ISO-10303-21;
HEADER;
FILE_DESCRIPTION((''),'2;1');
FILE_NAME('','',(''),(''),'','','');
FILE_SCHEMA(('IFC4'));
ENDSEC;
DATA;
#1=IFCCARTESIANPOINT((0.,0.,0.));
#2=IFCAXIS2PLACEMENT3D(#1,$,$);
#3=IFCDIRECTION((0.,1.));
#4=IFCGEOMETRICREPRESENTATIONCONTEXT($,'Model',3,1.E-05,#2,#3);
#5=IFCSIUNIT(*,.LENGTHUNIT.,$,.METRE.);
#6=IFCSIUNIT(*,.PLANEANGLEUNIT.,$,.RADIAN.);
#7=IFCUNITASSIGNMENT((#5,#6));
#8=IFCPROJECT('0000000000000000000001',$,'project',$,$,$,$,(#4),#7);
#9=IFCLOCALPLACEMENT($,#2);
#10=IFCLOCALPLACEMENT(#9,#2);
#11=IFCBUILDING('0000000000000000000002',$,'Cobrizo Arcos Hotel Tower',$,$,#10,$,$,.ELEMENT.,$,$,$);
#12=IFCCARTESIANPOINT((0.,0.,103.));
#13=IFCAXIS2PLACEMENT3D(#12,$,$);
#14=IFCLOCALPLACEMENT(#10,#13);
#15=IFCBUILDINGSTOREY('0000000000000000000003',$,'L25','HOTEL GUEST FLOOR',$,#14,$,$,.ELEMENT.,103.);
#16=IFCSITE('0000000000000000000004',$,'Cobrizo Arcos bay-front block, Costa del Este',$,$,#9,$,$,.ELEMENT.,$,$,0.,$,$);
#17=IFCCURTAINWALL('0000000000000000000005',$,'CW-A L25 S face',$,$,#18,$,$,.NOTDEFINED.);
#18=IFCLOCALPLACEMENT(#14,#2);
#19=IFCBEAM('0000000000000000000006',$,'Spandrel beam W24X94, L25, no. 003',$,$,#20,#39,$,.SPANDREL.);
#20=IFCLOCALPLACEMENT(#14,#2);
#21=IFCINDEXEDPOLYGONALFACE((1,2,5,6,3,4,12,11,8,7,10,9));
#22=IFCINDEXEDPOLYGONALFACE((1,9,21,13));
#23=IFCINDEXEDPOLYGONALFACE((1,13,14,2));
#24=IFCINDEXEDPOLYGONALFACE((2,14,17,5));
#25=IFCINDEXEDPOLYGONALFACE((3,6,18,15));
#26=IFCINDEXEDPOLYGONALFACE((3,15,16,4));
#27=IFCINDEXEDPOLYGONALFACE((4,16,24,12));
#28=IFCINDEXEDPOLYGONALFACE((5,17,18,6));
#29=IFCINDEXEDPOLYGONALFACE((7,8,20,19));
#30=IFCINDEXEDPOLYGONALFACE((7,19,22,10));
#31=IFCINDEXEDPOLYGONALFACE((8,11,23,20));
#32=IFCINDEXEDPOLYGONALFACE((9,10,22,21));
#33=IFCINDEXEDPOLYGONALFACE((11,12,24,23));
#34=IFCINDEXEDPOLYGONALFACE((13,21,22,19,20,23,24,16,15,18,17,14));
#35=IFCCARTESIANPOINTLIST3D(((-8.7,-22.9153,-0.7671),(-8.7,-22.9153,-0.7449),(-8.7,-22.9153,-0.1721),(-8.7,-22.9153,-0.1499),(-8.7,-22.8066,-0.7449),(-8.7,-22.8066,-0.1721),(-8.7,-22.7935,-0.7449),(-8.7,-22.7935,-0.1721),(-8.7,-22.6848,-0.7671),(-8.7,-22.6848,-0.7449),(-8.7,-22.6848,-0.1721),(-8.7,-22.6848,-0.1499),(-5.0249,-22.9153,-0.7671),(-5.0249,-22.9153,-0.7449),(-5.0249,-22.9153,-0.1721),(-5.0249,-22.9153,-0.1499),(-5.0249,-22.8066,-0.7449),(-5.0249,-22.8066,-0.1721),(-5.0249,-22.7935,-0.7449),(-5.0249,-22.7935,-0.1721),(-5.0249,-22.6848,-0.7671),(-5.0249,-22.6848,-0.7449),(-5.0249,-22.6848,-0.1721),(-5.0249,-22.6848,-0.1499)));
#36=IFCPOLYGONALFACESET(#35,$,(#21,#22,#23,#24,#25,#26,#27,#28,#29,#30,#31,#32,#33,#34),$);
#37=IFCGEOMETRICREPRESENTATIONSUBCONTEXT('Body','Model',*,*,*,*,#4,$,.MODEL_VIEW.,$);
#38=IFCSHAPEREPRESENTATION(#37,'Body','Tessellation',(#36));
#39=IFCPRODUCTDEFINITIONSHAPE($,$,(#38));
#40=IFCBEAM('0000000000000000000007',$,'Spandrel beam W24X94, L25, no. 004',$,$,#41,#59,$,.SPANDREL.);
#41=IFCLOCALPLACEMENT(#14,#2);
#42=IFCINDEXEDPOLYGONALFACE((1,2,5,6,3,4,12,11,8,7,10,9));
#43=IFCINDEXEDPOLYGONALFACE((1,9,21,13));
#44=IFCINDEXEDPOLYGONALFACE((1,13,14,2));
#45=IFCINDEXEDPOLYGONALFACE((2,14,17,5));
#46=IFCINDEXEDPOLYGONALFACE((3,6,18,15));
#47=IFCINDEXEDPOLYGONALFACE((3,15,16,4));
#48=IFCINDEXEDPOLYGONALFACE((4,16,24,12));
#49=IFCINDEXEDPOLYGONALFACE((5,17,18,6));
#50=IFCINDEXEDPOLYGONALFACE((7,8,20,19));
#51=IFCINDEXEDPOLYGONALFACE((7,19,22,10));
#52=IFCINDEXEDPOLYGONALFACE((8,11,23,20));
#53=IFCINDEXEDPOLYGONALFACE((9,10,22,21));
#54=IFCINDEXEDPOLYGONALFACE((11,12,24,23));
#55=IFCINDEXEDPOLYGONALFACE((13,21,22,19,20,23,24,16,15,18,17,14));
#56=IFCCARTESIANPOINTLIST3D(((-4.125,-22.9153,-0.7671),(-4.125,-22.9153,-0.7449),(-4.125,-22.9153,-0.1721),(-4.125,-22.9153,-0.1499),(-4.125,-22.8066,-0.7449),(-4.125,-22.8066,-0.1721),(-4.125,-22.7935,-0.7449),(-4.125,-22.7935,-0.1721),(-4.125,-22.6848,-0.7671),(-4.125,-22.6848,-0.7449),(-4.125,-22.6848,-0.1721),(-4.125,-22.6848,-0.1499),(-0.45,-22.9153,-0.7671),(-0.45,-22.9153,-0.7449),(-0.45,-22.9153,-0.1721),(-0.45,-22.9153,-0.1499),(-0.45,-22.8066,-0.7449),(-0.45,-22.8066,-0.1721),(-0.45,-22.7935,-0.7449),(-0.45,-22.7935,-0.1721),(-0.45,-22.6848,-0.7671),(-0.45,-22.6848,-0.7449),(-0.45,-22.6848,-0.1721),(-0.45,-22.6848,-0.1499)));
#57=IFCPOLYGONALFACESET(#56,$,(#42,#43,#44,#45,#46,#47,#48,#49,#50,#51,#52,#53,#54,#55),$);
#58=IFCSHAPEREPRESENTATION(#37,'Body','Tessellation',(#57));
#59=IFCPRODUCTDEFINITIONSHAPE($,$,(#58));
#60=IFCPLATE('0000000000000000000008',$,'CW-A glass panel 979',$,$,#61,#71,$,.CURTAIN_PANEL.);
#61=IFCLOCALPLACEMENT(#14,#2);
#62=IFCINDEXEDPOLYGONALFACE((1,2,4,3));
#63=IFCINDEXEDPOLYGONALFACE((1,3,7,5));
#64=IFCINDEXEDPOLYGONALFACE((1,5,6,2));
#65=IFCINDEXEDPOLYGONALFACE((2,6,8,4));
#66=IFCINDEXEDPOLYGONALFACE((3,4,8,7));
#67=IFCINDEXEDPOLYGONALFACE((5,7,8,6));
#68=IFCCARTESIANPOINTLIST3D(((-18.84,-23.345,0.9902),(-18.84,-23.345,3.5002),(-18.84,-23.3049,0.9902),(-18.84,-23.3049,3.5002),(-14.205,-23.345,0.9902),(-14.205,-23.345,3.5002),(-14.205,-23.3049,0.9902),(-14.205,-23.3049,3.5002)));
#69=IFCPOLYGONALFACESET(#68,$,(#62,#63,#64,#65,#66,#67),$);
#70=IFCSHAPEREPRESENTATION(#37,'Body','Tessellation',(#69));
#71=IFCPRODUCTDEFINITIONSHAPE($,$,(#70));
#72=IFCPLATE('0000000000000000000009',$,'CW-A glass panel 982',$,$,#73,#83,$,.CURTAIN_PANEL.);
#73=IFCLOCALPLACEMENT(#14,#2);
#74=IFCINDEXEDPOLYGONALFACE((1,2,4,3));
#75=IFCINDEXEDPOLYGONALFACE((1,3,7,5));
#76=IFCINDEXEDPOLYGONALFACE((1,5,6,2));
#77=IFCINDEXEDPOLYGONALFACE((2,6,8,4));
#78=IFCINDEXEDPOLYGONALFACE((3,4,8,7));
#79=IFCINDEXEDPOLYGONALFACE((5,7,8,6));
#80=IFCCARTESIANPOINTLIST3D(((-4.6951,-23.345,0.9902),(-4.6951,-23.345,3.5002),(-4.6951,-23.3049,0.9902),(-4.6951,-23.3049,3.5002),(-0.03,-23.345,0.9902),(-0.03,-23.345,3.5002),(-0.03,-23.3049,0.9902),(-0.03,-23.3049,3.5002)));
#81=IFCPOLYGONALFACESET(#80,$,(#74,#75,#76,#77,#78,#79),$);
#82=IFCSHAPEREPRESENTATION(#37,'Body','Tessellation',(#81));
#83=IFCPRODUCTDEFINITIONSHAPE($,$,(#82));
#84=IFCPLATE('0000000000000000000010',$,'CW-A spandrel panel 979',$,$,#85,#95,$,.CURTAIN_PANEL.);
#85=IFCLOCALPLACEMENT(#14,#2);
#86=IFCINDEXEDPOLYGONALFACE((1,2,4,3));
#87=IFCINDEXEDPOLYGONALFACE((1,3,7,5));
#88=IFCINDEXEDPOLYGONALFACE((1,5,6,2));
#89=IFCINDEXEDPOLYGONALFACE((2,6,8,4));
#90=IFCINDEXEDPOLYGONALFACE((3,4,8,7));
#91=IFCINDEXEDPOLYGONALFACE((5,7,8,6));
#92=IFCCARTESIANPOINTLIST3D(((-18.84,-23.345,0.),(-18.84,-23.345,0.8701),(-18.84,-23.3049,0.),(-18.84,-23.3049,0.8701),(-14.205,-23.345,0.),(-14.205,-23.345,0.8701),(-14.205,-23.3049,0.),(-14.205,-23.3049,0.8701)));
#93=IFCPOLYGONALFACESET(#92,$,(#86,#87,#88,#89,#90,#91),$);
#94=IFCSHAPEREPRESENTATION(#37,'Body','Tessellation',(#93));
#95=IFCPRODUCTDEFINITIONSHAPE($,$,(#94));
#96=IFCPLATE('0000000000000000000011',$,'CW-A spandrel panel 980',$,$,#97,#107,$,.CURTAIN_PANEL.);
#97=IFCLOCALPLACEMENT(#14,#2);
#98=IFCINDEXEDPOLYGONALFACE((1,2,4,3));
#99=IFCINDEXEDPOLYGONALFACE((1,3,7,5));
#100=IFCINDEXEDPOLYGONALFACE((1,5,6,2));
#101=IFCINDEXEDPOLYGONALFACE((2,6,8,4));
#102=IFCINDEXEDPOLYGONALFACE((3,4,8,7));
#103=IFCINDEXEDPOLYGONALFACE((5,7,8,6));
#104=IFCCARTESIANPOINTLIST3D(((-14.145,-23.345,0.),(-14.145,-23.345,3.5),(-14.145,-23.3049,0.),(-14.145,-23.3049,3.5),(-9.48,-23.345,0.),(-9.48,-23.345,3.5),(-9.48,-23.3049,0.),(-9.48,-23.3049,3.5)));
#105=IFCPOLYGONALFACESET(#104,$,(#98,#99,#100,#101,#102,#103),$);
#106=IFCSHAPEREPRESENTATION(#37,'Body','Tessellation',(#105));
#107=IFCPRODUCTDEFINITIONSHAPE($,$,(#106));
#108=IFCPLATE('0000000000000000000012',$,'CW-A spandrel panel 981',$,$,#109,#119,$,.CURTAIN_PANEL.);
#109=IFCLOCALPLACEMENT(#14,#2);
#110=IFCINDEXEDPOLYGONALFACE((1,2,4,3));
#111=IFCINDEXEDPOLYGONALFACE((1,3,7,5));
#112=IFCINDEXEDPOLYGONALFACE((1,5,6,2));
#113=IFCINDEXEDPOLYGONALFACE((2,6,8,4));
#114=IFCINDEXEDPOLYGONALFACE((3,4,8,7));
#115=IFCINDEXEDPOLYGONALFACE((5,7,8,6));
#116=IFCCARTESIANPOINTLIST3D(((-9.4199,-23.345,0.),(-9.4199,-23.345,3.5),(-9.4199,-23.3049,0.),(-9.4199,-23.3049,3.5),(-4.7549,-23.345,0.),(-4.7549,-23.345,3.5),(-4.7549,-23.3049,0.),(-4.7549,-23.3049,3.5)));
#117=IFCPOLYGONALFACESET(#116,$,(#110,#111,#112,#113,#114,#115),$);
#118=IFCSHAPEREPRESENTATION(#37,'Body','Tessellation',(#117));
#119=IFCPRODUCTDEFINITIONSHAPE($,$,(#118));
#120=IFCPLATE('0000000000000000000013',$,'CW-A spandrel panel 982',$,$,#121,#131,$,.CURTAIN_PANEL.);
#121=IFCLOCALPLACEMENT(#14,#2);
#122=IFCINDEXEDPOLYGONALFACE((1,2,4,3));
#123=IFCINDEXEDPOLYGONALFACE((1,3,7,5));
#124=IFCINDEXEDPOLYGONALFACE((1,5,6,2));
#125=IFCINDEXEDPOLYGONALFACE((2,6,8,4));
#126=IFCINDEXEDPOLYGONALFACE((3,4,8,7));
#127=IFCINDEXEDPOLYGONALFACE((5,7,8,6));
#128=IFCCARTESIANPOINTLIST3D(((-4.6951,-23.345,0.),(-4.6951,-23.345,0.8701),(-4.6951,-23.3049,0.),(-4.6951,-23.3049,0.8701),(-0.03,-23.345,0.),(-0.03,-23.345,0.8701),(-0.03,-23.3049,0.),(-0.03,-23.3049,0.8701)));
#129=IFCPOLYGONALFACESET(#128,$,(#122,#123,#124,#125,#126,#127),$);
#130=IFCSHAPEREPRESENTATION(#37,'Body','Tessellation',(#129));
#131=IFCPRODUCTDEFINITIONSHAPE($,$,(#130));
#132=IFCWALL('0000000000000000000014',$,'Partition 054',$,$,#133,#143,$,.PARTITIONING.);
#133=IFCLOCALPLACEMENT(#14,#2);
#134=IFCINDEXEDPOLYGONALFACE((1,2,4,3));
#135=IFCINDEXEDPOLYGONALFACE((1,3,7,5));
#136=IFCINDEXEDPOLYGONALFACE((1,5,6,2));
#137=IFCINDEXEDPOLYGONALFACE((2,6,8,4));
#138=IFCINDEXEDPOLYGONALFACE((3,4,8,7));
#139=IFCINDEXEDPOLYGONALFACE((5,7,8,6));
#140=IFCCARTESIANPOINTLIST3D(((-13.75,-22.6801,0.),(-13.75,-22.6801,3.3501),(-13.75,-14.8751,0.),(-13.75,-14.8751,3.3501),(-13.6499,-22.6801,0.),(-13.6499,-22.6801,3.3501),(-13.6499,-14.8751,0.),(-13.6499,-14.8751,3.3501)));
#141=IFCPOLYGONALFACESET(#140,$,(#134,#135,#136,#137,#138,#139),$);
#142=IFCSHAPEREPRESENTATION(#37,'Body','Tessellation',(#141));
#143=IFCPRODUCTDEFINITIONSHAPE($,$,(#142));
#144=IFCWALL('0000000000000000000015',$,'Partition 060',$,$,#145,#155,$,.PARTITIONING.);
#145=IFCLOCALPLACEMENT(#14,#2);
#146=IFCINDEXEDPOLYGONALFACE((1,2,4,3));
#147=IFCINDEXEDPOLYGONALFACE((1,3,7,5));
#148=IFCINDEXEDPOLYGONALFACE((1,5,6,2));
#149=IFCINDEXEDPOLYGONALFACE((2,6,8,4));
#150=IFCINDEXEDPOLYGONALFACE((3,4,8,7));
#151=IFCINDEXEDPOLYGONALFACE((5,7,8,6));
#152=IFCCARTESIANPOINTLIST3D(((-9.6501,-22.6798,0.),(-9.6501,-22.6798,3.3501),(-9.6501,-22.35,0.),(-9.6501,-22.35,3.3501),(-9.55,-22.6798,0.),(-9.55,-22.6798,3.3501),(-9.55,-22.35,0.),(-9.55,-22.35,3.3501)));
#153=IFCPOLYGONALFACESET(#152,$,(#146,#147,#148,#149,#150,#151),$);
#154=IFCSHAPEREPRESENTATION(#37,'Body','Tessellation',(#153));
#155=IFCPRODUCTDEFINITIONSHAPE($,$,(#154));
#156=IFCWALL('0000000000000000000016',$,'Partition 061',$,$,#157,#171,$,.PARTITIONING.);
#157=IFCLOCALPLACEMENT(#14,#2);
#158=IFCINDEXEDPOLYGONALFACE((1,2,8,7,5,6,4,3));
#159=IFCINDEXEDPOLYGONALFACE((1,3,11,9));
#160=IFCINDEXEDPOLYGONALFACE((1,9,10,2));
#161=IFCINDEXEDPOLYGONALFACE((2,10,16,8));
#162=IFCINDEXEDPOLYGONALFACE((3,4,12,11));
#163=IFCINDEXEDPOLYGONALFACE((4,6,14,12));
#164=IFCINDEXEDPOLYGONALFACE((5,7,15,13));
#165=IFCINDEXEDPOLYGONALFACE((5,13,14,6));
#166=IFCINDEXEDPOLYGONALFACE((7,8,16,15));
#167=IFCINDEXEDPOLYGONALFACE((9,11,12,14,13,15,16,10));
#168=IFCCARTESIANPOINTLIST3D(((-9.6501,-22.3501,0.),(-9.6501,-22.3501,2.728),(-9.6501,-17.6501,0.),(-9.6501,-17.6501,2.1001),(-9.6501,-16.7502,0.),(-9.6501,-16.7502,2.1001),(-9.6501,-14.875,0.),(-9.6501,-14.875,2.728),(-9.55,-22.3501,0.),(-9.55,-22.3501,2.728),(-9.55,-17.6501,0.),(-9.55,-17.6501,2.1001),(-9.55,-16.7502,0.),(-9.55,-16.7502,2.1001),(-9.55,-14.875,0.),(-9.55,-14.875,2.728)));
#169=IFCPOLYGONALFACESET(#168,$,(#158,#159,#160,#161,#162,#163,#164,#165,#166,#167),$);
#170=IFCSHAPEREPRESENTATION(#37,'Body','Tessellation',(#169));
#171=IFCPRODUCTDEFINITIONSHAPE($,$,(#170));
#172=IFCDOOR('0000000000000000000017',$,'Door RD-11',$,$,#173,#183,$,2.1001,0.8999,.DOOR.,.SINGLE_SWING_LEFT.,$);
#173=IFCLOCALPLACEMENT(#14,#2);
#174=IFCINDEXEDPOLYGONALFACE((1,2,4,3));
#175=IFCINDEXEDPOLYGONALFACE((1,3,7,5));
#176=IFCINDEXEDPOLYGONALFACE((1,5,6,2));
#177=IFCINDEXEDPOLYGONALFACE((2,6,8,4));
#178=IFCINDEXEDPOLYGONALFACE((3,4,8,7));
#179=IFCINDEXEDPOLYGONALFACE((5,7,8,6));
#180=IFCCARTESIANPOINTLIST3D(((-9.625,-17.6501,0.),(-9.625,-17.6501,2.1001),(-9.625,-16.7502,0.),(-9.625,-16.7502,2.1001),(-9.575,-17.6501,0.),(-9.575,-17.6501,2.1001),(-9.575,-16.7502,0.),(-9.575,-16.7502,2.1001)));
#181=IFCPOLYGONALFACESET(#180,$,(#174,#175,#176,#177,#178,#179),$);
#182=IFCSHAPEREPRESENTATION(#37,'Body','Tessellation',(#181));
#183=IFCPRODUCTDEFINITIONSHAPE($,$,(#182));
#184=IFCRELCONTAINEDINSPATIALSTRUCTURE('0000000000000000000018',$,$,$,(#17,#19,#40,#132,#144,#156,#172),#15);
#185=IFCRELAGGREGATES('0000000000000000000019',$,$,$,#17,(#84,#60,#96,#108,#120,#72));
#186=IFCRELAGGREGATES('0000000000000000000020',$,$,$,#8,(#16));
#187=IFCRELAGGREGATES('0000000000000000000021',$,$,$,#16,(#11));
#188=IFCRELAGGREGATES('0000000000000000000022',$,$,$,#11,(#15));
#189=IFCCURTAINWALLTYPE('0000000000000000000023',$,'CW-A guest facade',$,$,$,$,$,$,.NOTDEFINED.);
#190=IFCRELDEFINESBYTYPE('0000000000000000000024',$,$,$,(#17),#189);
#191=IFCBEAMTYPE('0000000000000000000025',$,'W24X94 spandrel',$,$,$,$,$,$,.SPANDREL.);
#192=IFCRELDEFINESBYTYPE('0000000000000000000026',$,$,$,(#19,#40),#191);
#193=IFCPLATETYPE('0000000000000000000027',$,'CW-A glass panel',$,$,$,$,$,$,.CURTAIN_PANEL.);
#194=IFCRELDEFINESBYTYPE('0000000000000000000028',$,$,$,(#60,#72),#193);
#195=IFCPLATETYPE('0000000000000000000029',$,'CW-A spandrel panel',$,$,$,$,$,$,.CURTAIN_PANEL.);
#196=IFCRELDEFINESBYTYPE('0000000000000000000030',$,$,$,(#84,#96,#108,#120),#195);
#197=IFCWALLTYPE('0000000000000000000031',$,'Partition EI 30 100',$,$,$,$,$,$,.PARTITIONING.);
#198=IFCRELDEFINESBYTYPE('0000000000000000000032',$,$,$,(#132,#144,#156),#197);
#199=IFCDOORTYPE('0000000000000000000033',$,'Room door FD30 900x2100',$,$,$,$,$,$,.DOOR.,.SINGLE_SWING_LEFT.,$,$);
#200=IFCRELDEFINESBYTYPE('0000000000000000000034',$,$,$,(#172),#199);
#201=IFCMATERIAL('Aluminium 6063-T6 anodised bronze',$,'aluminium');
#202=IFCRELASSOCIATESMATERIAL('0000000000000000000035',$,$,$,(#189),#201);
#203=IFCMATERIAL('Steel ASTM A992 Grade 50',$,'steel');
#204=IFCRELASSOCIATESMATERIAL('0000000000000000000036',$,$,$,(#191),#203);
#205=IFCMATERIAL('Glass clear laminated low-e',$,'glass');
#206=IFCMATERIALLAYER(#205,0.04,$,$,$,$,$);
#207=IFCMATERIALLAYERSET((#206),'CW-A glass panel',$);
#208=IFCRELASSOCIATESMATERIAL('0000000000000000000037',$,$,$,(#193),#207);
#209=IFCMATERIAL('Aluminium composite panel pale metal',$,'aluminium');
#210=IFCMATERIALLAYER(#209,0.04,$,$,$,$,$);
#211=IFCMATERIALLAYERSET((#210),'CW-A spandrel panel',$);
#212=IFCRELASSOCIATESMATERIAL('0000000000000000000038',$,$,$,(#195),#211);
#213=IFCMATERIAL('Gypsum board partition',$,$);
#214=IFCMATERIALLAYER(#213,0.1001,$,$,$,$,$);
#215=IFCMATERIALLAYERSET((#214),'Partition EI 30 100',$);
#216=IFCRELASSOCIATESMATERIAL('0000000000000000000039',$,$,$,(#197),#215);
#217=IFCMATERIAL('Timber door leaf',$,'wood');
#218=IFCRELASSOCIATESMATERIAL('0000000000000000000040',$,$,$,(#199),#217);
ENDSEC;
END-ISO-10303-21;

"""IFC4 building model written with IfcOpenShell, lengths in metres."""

from ifc_helpers import new_model, si_unit, direction, frame, frame_2d, origin, origin_2d, place, context, subcontext, project, spatial, rectangle, i_section, extrude, material, layer, layer_set, material_profile, profile_set, type_object, element, fill, aggregate, save


model = new_model("IFC4")

# Units and contexts
model_context = context("Model", 3, precision=1e-05, world=origin(), true_north=direction((0.0, 1.0)))
body_context = subcontext(model_context, "Body", "Model", "MODEL_VIEW")
ifc_project = project(units=[si_unit("LENGTHUNIT", "METRE"), si_unit("PLANEANGLEUNIT", "RADIAN")], contexts=[model_context])

# Site, building, storey
site_placement = place(None, origin())
site = spatial("IfcSite", under=ifc_project, at=site_placement, Name="Cobrizo Arcos bay-front block, Costa del Este", CompositionType="ELEMENT", RefElevation=0.0)
building_placement = place(site_placement, origin())
building = spatial("IfcBuilding", under=site, at=building_placement, Name="Cobrizo Arcos Hotel Tower", CompositionType="ELEMENT")
storey_placement = place(building_placement, frame((0.0, 0.0, 103.0)))
storey = spatial("IfcBuildingStorey", under=building, at=storey_placement, Name="L25", Description="HOTEL GUEST FLOOR", CompositionType="ELEMENT", Elevation=103.0)

# Curtain wall
ifc_material_1 = material(Name="Aluminium 6063-T6 anodised bronze", Category="aluminium")
curtain_wall_type = type_object("IfcCurtainWallType", Name="CW-A guest facade", PredefinedType="NOTDEFINED", material=ifc_material_1)
curtain_wall_placement = place(storey_placement, origin())
curtain_wall = element("IfcCurtainWall", 1, at=curtain_wall_placement, inside=storey, type_object=curtain_wall_type, Name="CW-A L25 S face", PredefinedType="NOTDEFINED")

# Beams
ifc_material_2 = material(Name="Steel ASTM A992 Grade 50", Category="steel")
ifc_material_profile_1 = material_profile(ifc_material_2, i_section(OverallWidth=0.2305, OverallDepth=0.6172, WebThickness=0.0132, FlangeThickness=0.0222, at=origin_2d()), Name="W24X94")
ifc_profile_set_1 = profile_set([ifc_material_profile_1], Name="Steel ASTM A992 Grade 50")
beam_type_1 = type_object("IfcBeamType", Name="W24X94 spandrel", PredefinedType="SPANDREL", material=ifc_profile_set_1)
for number, where, z_axis, x_axis, name in (
    (2, (-8.7, -22.8, -0.4585), (1.0, 0.0, 0.0), (0.0, 1.0, 0.0), "Spandrel beam W24X94, L25, no. 003"),
    (3, (-4.125, -22.8, -0.4585), (1.0, 0.0, 0.0), (0.0, 1.0, 0.0), "Spandrel beam W24X94, L25, no. 004"),
):
    element("IfcBeam", number, at=place(storey_placement, frame(where, z_axis=z_axis, x_axis=x_axis)), inside=storey, type_object=beam_type_1, Name=name, PredefinedType="SPANDREL", context=body_context, shape_type="SweptSolid", body=[
        extrude(i_section(OverallWidth=0.2305, OverallDepth=0.6172, WebThickness=0.0132, FlangeThickness=0.0222, at=origin_2d()), origin(), (0.0, 0.0, 1.0), 3.675),
    ])

# Plates
ifc_material_3 = material(Name="Glass clear laminated low-e", Category="glass")
ifc_layer_1 = layer(ifc_material_3, 0.04)
ifc_layer_set_1 = layer_set([ifc_layer_1], Name="CW-A glass panel")
plate_type_1 = type_object("IfcPlateType", Name="CW-A glass panel", PredefinedType="CURTAIN_PANEL", material=ifc_layer_set_1)
plate_1_placement = place(storey_placement, frame((-16.5225, -23.325, 0.9902), z_axis=(0.0, 0.0, 1.0), x_axis=(1.0, 0.0, 0.0)))
plate_1 = element("IfcPlate", 4, at=plate_1_placement, type_object=plate_type_1, Name="CW-A glass panel 979", PredefinedType="CURTAIN_PANEL", context=body_context, shape_type="SweptSolid", body=[
    extrude(rectangle(XDim=4.635, YDim=0.04, at=origin_2d()), origin(), (0.0, 0.0, 1.0), 2.51),
])
plate_2_placement = place(storey_placement, frame((-2.3625, -23.325, 0.9902), z_axis=(0.0, 0.0, 1.0), x_axis=(1.0, 0.0, 0.0)))
plate_2 = element("IfcPlate", 5, at=plate_2_placement, type_object=plate_type_1, Name="CW-A glass panel 982", PredefinedType="CURTAIN_PANEL", context=body_context, shape_type="SweptSolid", body=[
    extrude(rectangle(XDim=4.665, YDim=0.04, at=origin_2d()), origin(), (0.0, 0.0, 1.0), 2.51),
])
ifc_material_4 = material(Name="Aluminium composite panel pale metal", Category="aluminium")
ifc_layer_2 = layer(ifc_material_4, 0.04)
ifc_layer_set_2 = layer_set([ifc_layer_2], Name="CW-A spandrel panel")
plate_type_2 = type_object("IfcPlateType", Name="CW-A spandrel panel", PredefinedType="CURTAIN_PANEL", material=ifc_layer_set_2)
plate_3_placement = place(storey_placement, frame((-16.5225, -23.325, 0.0), z_axis=(0.0, 0.0, 1.0), x_axis=(1.0, 0.0, 0.0)))
plate_3 = element("IfcPlate", 6, at=plate_3_placement, type_object=plate_type_2, Name="CW-A spandrel panel 979", PredefinedType="CURTAIN_PANEL", context=body_context, shape_type="SweptSolid", body=[
    extrude(rectangle(XDim=4.635, YDim=0.04, at=origin_2d()), origin(), (0.0, 0.0, 1.0), 0.8701),
])
plate_4_placement = place(storey_placement, frame((-11.8125, -23.325, 0.0), z_axis=(0.0, 0.0, 1.0), x_axis=(1.0, 0.0, 0.0)))
plate_4 = element("IfcPlate", 7, at=plate_4_placement, type_object=plate_type_2, Name="CW-A spandrel panel 980", PredefinedType="CURTAIN_PANEL", context=body_context, shape_type="SweptSolid", body=[
    extrude(rectangle(XDim=4.665, YDim=0.04, at=origin_2d()), origin(), (0.0, 0.0, 1.0), 3.5),
])
plate_5_placement = place(storey_placement, frame((-7.0874, -23.325, 0.0), z_axis=(0.0, 0.0, 1.0), x_axis=(1.0, 0.0, 0.0)))
plate_5 = element("IfcPlate", 8, at=plate_5_placement, type_object=plate_type_2, Name="CW-A spandrel panel 981", PredefinedType="CURTAIN_PANEL", context=body_context, shape_type="SweptSolid", body=[
    extrude(rectangle(XDim=4.665, YDim=0.04, at=origin_2d()), origin(), (0.0, 0.0, 1.0), 3.5),
])
plate_6_placement = place(storey_placement, frame((-2.3625, -23.325, 0.0), z_axis=(0.0, 0.0, 1.0), x_axis=(1.0, 0.0, 0.0)))
plate_6 = element("IfcPlate", 9, at=plate_6_placement, type_object=plate_type_2, Name="CW-A spandrel panel 982", PredefinedType="CURTAIN_PANEL", context=body_context, shape_type="SweptSolid", body=[
    extrude(rectangle(XDim=4.665, YDim=0.04, at=origin_2d()), origin(), (0.0, 0.0, 1.0), 0.8701),
])
aggregate(curtain_wall, [plate_3, plate_1, plate_4, plate_5, plate_6, plate_2])

# Walls
ifc_material_5 = material(Name="Gypsum board partition")
ifc_layer_3 = layer(ifc_material_5, 0.1001)
ifc_layer_set_3 = layer_set([ifc_layer_3], Name="Partition EI 30 100")
wall_type = type_object("IfcWallType", Name="Partition EI 30 100", PredefinedType="PARTITIONING", material=ifc_layer_set_3)
wall_1_placement = place(storey_placement, frame((-13.7, -22.6799, 0.0), z_axis=(0.0, 0.0, 1.0), x_axis=(0.0, 1.0, 0.0)))
element("IfcWall", 10, at=wall_1_placement, inside=storey, type_object=wall_type, Name="Partition 054", PredefinedType="PARTITIONING", context=body_context, shape_type="SweptSolid", body=[
    extrude(rectangle(XDim=7.8049, YDim=0.1001, at=frame_2d((3.9023, 0.0))), origin(), (0.0, 0.0, 1.0), 3.3501),
])
wall_2_placement = place(storey_placement, frame((-9.6001, -22.6799, 0.0), z_axis=(0.0, 0.0, 1.0), x_axis=(0.0, 1.0, 0.0)))
element("IfcWall", 11, at=wall_2_placement, inside=storey, type_object=wall_type, Name="Partition 060", PredefinedType="PARTITIONING", context=body_context, shape_type="SweptSolid", body=[
    extrude(rectangle(XDim=0.3298, YDim=0.1001, at=frame_2d((0.165, 0.0))), origin(), (0.0, 0.0, 1.0), 3.3501),
])

# Wall, opening, door
wall_3_placement = place(storey_placement, frame((-9.6001, -22.3501, 0.0), z_axis=(0.0, 0.0, 1.0), x_axis=(0.0, 1.0, 0.0)))
wall_3 = element("IfcWall", 12, at=wall_3_placement, inside=storey, type_object=wall_type, Name="Partition 061", PredefinedType="PARTITIONING", context=body_context, shape_type="SweptSolid", body=[
    extrude(rectangle(XDim=7.4751, YDim=0.1001, at=frame_2d((3.7375, 0.0))), origin(), (0.0, 0.0, 1.0), 2.728),
])
opening_placement = place(wall_3_placement, frame((4.7, 0.0, 0.0)))
opening = element("IfcOpeningElement", 13, at=opening_placement, cuts=wall_3, PredefinedType="OPENING", context=body_context, shape_type="SweptSolid", body=[
    extrude(rectangle(XDim=0.8999, YDim=2.1001, at=frame_2d((0.45, 1.05))), frame((0.0, 0.062, 0.0), z_axis=(0.0, -1.0, 0.0), x_axis=(1.0, 0.0, 0.0)), (0.0, 0.0, 1.0), 0.124),
])
ifc_material_6 = material(Name="Timber door leaf", Category="wood")
door_type = type_object("IfcDoorType", Name="Room door FD30 900x2100", OperationType="SINGLE_SWING_LEFT", PredefinedType="DOOR", material=ifc_material_6)
door_placement = place(opening_placement, origin())
door = element("IfcDoor", 14, at=door_placement, inside=storey, type_object=door_type, Name="Door RD-11", OperationType="SINGLE_SWING_LEFT", OverallHeight=2.1001, OverallWidth=0.8999, PredefinedType="DOOR", context=body_context, shape_type="SweptSolid", body=[
    extrude(rectangle(XDim=0.8999, YDim=2.1001, at=frame_2d((0.45, 1.05))), frame((0.0, 0.0249, 0.0), z_axis=(0.0, -1.0, 0.0), x_axis=(1.0, 0.0, 0.0)), (0.0, 0.0, 1.0), 0.05),
])
fill(opening, door)

save(model, "model.ifc")
